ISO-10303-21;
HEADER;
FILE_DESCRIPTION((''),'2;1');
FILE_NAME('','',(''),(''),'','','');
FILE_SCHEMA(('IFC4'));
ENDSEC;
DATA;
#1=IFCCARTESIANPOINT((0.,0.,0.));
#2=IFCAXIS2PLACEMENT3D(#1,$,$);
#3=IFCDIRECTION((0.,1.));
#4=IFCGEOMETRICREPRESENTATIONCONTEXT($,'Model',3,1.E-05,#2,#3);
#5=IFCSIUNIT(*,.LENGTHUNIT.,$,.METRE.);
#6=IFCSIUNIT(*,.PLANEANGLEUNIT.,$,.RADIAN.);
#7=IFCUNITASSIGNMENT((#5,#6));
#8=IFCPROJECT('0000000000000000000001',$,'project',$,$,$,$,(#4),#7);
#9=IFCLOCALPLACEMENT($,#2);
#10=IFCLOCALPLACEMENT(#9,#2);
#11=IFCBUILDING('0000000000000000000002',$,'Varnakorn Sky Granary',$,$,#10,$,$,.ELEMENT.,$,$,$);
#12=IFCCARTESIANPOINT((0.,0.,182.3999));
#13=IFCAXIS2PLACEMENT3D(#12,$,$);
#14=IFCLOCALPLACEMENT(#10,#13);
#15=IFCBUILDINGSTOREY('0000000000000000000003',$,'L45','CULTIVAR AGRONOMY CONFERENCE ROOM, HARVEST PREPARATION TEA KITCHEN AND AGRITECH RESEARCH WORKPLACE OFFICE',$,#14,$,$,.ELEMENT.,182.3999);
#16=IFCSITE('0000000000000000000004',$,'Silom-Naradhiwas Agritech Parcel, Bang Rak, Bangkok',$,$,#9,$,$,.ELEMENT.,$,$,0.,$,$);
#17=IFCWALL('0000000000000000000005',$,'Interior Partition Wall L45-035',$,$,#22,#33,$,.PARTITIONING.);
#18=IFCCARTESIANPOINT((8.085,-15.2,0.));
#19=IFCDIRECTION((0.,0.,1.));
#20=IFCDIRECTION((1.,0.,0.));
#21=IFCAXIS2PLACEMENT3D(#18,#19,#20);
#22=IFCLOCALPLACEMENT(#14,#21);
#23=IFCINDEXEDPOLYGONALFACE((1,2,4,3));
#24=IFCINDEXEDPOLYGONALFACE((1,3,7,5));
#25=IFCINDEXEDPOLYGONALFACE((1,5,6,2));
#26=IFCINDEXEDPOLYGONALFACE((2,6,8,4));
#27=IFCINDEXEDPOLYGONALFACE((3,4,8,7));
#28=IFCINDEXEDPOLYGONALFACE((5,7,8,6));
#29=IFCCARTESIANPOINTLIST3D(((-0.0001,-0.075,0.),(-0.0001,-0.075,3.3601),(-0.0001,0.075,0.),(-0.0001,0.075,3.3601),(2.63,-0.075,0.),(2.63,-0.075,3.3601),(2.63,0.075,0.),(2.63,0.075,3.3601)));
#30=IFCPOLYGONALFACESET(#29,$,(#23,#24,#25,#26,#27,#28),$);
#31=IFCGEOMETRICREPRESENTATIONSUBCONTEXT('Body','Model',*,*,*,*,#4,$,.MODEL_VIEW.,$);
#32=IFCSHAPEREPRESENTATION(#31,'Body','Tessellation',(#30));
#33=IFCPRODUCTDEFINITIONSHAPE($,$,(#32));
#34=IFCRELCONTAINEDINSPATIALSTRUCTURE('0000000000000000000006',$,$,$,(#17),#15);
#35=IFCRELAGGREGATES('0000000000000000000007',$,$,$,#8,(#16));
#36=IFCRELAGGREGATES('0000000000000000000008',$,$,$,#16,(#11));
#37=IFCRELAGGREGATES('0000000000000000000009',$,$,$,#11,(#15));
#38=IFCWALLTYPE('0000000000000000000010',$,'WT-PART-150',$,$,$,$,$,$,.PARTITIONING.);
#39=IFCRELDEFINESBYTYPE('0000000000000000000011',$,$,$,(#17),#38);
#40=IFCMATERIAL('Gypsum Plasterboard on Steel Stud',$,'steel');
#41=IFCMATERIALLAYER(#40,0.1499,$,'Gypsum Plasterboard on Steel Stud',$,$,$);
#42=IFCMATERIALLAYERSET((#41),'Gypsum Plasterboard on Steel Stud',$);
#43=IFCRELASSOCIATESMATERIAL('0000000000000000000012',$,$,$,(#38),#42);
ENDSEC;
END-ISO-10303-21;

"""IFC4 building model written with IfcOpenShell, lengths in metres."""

from ifc_helpers import new_model, si_unit, direction, frame, frame_2d, origin, place, context, subcontext, project, spatial, rectangle, extrude, material, layer, layer_set, type_object, element, save


model = new_model("IFC4")

# Units and contexts
model_context = context("Model", 3, precision=1e-05, world=origin(), true_north=direction((0.0, 1.0)))
body_context = subcontext(model_context, "Body", "Model", "MODEL_VIEW")
ifc_project = project(units=[si_unit("LENGTHUNIT", "METRE"), si_unit("PLANEANGLEUNIT", "RADIAN")], contexts=[model_context])

# Site, building, storey
site_placement = place(None, origin())
site = spatial("IfcSite", under=ifc_project, at=site_placement, Name="Silom-Naradhiwas Agritech Parcel, Bang Rak, Bangkok", CompositionType="ELEMENT", RefElevation=0.0)
building_placement = place(site_placement, origin())
building = spatial("IfcBuilding", under=site, at=building_placement, Name="Varnakorn Sky Granary", CompositionType="ELEMENT")
storey_placement = place(building_placement, frame((0.0, 0.0, 182.3999)))
storey = spatial("IfcBuildingStorey", under=building, at=storey_placement, Name="L45", Description="CULTIVAR AGRONOMY CONFERENCE ROOM, HARVEST PREPARATION TEA KITCHEN AND AGRITECH RESEARCH WORKPLACE OFFICE", CompositionType="ELEMENT", Elevation=182.3999)

# Wall
ifc_material_1 = material(Name="Gypsum Plasterboard on Steel Stud", Category="steel")
ifc_layer_1 = layer(ifc_material_1, 0.1499, Name="Gypsum Plasterboard on Steel Stud")
ifc_layer_set_1 = layer_set([ifc_layer_1], Name="Gypsum Plasterboard on Steel Stud")
wall_type_1 = type_object("IfcWallType", Name="WT-PART-150", PredefinedType="PARTITIONING", material=ifc_layer_set_1)
wall_1_placement = place(storey_placement, frame((8.085, -15.2, 0.0), z_axis=(0.0, 0.0, 1.0), x_axis=(1.0, 0.0, 0.0)))
element("IfcWall", 1, at=wall_1_placement, inside=storey, type_object=wall_type_1, Name="Interior Partition Wall L45-035", PredefinedType="PARTITIONING", context=body_context, shape_type="SweptSolid", body=[
    extrude(rectangle(XDim=2.6301, YDim=0.1499, at=frame_2d((1.3149, 0.0))), origin(), (0.0, 0.0, 1.0), 3.3601),
])

save(model, "model.ifc")
